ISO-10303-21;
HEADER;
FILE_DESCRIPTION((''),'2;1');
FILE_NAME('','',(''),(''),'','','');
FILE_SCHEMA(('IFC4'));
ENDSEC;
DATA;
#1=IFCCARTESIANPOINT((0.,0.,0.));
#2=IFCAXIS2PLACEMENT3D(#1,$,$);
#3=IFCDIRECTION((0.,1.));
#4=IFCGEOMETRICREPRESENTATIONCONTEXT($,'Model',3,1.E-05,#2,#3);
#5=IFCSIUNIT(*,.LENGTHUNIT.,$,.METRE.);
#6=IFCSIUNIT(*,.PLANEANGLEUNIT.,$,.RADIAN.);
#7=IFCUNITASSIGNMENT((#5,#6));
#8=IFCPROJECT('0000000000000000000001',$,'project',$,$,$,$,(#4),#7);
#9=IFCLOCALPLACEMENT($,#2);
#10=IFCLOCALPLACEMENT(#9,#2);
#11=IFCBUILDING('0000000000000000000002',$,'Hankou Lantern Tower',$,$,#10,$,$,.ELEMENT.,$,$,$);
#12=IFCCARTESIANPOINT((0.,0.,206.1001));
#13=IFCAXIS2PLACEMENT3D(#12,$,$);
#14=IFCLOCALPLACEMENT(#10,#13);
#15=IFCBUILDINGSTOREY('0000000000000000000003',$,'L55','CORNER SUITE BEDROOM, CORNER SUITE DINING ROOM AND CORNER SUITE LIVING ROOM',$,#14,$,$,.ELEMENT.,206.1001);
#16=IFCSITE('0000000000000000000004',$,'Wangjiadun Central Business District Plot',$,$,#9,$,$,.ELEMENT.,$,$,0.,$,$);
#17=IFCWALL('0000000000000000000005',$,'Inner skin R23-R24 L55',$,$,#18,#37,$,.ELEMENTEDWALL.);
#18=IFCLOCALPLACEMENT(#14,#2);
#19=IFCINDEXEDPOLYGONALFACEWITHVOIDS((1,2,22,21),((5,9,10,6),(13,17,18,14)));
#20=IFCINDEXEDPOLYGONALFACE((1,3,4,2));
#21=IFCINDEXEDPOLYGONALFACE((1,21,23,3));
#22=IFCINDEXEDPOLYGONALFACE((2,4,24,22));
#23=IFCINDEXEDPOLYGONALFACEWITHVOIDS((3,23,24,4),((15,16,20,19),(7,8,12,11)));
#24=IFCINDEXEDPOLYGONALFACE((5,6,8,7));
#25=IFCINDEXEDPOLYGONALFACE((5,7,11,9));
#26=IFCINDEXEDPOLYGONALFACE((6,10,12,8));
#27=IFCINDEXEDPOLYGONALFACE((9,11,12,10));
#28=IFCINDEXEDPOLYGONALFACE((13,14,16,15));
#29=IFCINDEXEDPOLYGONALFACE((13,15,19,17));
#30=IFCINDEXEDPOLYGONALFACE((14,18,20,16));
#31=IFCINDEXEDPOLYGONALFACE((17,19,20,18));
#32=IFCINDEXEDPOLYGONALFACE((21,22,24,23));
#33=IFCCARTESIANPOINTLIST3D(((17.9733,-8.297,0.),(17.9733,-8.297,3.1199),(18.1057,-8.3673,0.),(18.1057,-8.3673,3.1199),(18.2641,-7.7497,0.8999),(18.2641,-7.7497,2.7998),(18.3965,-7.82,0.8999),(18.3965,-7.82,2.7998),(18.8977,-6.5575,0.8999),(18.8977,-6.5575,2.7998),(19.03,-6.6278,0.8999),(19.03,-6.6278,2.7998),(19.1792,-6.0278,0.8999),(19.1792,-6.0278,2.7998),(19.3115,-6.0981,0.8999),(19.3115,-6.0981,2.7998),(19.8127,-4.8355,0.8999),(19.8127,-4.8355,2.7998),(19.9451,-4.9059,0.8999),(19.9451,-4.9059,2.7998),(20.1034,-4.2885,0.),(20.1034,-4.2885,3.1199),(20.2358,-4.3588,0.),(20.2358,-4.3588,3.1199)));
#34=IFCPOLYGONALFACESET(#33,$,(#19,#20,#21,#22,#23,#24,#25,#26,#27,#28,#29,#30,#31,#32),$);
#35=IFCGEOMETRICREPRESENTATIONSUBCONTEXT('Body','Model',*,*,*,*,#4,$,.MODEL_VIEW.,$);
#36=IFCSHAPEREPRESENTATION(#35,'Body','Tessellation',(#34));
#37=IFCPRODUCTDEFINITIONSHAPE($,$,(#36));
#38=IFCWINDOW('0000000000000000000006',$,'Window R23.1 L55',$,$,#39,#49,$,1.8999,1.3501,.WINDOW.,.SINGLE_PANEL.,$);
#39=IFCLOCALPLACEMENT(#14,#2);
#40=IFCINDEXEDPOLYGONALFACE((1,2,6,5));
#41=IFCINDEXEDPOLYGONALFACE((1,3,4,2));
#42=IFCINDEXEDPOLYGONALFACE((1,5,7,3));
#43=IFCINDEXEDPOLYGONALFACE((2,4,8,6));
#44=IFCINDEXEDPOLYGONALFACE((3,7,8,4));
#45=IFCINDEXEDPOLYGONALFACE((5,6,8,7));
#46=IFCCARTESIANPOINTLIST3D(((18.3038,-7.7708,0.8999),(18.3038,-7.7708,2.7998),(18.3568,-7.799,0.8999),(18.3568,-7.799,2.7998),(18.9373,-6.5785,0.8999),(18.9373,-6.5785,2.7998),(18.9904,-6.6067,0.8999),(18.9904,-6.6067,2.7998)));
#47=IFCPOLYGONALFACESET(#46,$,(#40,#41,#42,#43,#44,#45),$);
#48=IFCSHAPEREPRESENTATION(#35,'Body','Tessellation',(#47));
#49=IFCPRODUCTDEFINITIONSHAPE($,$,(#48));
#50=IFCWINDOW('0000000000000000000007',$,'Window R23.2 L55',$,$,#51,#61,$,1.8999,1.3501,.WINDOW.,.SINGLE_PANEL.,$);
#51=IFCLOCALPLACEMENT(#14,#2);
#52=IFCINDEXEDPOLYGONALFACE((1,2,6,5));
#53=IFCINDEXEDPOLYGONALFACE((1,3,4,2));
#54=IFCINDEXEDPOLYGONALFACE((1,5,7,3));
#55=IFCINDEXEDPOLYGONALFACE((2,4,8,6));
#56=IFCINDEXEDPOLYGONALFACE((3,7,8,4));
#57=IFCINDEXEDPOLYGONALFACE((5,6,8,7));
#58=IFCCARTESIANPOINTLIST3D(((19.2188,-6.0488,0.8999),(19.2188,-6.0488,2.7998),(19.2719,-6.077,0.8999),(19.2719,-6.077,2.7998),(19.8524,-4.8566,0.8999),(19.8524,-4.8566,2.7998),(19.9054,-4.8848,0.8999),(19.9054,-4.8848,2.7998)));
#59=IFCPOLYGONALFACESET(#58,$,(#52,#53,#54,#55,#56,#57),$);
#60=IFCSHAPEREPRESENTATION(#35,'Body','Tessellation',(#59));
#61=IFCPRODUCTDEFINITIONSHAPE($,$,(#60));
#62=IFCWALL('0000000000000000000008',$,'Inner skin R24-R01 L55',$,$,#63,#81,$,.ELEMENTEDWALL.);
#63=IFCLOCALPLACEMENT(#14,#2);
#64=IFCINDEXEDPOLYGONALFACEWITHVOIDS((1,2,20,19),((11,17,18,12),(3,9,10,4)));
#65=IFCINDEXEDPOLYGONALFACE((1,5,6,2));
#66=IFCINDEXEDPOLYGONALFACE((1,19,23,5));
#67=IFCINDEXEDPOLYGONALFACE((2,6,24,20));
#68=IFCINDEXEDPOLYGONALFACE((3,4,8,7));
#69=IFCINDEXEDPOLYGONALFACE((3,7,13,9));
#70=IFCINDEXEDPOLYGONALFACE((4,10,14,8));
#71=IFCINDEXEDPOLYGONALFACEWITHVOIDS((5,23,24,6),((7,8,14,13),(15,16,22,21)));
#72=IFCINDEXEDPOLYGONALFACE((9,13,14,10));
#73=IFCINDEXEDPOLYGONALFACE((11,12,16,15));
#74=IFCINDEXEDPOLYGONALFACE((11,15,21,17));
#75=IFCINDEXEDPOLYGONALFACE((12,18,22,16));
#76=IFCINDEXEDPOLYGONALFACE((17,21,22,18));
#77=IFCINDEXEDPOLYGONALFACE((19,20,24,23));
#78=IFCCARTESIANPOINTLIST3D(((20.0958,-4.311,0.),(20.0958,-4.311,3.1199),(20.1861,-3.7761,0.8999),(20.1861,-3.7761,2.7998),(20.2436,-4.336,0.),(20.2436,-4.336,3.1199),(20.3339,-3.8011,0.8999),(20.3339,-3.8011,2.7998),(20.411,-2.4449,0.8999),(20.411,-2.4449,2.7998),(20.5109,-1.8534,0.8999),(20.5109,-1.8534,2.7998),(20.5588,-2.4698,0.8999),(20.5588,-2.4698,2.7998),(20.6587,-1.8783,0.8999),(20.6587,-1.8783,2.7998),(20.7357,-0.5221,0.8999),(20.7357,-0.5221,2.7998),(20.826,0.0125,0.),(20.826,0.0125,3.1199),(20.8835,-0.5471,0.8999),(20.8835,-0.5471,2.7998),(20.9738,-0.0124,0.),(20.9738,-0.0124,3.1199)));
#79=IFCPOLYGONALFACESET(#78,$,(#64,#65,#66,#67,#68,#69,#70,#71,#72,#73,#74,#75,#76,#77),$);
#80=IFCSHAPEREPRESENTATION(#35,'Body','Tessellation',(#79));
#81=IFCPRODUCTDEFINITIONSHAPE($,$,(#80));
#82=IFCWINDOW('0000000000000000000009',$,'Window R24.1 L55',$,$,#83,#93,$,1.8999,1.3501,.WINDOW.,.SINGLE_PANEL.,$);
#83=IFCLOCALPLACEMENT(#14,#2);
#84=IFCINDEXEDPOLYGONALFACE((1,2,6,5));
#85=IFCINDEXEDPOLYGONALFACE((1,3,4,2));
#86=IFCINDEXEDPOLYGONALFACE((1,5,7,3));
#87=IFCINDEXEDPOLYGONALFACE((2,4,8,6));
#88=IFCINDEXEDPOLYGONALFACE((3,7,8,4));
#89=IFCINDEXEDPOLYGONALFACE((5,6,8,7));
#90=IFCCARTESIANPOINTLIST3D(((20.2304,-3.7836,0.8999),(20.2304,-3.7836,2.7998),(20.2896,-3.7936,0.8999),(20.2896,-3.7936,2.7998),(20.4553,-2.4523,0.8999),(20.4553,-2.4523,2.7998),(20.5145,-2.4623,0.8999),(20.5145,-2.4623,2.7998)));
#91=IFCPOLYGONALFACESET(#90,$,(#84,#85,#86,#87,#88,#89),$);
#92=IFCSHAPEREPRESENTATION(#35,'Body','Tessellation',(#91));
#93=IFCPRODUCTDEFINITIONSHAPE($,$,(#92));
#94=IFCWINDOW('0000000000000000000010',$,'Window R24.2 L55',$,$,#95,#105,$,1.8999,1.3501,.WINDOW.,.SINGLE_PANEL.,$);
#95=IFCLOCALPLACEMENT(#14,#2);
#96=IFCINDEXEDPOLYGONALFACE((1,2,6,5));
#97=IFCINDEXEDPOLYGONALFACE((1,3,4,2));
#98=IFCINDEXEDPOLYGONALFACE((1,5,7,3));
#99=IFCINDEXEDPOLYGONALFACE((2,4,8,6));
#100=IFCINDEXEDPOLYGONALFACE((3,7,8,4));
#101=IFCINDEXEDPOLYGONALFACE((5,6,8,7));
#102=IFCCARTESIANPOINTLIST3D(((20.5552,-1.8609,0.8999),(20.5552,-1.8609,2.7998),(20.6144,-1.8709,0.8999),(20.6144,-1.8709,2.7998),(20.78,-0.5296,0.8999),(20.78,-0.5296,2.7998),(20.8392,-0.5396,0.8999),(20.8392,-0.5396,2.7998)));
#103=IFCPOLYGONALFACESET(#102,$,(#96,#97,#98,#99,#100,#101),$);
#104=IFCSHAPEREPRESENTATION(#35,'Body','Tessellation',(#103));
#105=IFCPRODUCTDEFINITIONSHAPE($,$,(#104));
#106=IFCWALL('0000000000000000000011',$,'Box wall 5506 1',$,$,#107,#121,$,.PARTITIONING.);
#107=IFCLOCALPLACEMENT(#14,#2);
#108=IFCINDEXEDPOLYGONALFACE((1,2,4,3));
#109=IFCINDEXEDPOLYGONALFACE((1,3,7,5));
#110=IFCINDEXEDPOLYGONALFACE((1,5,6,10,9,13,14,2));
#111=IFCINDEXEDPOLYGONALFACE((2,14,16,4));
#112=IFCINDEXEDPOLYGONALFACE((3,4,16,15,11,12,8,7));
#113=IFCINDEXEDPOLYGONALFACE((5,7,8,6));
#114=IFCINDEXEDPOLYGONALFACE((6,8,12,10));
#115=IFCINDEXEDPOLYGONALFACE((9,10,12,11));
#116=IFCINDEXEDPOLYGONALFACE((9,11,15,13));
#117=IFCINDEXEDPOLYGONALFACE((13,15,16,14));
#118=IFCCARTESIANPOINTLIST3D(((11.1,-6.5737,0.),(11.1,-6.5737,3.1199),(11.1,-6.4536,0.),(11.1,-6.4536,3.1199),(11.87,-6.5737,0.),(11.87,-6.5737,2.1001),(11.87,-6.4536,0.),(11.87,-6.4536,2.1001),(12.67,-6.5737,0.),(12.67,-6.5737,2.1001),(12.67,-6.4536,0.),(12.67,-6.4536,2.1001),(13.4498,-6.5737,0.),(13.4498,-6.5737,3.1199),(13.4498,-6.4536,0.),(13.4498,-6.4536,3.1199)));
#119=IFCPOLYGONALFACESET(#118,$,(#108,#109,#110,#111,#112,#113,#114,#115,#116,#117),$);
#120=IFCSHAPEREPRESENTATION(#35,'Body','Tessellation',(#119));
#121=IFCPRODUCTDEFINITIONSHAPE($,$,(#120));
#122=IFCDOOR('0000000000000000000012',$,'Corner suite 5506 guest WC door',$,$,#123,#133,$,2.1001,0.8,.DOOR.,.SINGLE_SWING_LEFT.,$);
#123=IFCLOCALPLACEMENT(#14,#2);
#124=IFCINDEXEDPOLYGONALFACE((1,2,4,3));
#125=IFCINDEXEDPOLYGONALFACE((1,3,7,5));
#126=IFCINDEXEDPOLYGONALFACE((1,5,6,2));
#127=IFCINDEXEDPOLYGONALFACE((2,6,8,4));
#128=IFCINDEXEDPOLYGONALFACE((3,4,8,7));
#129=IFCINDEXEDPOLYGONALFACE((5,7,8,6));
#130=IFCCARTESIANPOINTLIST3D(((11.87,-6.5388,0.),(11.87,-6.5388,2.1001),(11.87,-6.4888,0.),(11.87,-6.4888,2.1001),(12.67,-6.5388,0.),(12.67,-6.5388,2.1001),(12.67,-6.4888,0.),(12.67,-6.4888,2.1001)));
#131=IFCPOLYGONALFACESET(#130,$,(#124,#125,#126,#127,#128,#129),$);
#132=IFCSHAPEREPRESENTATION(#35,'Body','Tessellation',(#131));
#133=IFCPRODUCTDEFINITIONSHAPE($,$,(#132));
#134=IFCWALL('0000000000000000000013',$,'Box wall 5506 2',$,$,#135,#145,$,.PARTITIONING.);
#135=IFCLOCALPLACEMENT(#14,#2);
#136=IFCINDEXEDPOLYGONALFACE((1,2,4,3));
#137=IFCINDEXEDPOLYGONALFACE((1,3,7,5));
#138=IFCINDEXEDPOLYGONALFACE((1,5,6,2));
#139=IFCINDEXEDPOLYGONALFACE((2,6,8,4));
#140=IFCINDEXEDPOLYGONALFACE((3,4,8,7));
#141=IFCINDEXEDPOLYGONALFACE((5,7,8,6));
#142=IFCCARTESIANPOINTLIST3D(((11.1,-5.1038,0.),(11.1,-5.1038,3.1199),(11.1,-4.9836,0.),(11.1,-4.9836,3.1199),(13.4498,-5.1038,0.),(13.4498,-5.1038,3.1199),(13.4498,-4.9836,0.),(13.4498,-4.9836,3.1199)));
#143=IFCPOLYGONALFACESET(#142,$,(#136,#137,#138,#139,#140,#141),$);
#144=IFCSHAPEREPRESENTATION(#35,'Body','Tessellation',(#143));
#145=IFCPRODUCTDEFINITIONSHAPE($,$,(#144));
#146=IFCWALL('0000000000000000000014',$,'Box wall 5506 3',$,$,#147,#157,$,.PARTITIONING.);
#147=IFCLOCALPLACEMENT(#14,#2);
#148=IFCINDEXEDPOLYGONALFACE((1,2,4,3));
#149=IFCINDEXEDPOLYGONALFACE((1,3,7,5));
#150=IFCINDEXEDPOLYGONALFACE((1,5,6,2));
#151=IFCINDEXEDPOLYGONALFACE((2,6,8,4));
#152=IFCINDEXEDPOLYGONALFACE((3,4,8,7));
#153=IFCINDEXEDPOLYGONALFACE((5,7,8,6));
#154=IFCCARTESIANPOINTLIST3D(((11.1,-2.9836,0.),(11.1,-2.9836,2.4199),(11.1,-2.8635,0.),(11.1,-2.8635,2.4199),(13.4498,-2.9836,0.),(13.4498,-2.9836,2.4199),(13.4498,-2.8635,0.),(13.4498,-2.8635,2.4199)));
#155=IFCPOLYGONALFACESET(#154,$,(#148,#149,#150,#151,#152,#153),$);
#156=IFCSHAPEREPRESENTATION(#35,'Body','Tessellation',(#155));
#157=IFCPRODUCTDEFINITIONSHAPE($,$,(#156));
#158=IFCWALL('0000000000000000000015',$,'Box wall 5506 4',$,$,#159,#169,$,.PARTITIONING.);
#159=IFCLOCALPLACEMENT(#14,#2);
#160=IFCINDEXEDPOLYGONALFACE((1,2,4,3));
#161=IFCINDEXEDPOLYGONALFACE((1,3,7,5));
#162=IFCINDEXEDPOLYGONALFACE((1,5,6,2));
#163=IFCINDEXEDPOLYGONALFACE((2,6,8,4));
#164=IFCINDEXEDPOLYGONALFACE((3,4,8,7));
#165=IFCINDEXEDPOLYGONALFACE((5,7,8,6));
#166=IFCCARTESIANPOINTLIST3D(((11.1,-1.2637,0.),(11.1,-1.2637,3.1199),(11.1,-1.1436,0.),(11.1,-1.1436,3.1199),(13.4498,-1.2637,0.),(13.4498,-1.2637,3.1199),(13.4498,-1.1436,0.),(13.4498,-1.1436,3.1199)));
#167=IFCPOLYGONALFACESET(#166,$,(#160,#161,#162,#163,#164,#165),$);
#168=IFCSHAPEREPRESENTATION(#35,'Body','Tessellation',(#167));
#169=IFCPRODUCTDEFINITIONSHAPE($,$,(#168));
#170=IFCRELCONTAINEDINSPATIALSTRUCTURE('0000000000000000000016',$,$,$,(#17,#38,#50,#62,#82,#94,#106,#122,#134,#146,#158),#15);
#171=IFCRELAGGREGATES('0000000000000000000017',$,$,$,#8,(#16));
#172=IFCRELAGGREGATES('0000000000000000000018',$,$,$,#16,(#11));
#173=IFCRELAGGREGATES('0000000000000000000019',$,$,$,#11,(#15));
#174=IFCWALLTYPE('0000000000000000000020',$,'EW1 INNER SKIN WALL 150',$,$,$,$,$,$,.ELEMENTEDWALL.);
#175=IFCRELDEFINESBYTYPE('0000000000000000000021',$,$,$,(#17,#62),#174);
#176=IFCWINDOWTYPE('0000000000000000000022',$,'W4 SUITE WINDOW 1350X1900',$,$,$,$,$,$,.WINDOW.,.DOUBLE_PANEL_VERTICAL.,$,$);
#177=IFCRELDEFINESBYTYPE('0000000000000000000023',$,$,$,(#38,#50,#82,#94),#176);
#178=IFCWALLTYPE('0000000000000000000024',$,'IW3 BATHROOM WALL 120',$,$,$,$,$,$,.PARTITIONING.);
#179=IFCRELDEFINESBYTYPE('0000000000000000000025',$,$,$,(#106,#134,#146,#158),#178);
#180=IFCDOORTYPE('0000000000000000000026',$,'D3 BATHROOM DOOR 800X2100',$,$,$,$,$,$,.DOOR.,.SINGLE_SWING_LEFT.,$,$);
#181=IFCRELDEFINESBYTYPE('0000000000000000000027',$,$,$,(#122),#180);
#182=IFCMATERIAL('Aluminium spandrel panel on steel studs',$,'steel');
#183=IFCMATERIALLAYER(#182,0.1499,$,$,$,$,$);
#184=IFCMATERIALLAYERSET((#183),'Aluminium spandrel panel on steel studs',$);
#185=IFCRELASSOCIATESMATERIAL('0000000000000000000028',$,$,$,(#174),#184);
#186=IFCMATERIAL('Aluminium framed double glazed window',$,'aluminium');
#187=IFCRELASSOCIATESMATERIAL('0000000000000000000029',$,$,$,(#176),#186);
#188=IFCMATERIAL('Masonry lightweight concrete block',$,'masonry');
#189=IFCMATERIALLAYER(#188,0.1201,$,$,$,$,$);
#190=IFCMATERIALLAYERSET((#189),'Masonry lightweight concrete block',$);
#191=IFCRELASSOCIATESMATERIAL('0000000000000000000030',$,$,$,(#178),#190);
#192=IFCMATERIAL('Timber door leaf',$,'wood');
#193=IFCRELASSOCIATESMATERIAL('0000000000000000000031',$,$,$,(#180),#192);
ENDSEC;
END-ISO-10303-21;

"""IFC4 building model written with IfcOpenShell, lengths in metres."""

from ifc_helpers import new_model, si_unit, direction, frame, frame_2d, origin, place, context, subcontext, project, spatial, rectangle, extrude, material, layer, layer_set, type_object, element, fill, save


model = new_model("IFC4")

# Units and contexts
model_context = context("Model", 3, precision=1e-05, world=origin(), true_north=direction((0.0, 1.0)))
body_context = subcontext(model_context, "Body", "Model", "MODEL_VIEW")
ifc_project = project(units=[si_unit("LENGTHUNIT", "METRE"), si_unit("PLANEANGLEUNIT", "RADIAN")], contexts=[model_context])

# Site, building, storey
site_placement = place(None, origin())
site = spatial("IfcSite", under=ifc_project, at=site_placement, Name="Wangjiadun Central Business District Plot", CompositionType="ELEMENT", RefElevation=0.0)
building_placement = place(site_placement, origin())
building = spatial("IfcBuilding", under=site, at=building_placement, Name="Hankou Lantern Tower", CompositionType="ELEMENT")
storey_placement = place(building_placement, frame((0.0, 0.0, 206.1001)))
storey = spatial("IfcBuildingStorey", under=building, at=storey_placement, Name="L55", Description="CORNER SUITE BEDROOM, CORNER SUITE DINING ROOM AND CORNER SUITE LIVING ROOM", CompositionType="ELEMENT", Elevation=206.1001)

# Walls, openings, windows
ifc_material_1 = material(Name="Aluminium spandrel panel on steel studs", Category="steel")
ifc_layer_1 = layer(ifc_material_1, 0.1499)
ifc_layer_set_1 = layer_set([ifc_layer_1], Name="Aluminium spandrel panel on steel studs")
wall_type_1 = type_object("IfcWallType", Name="EW1 INNER SKIN WALL 150", PredefinedType="ELEMENTEDWALL", material=ifc_layer_set_1)
wall_1_placement = place(storey_placement, frame((18.0396, -8.332, 0.0), z_axis=(0.0, 0.0, 1.0), x_axis=(0.469256, 0.883062, 0.0)))
wall_1 = element("IfcWall", 1, at=wall_1_placement, inside=storey, type_object=wall_type_1, Name="Inner skin R23-R24 L55", PredefinedType="ELEMENTEDWALL", context=body_context, shape_type="SweptSolid", body=[
    extrude(rectangle(XDim=4.5393, YDim=0.1499, at=frame_2d((2.2695, 0.0))), origin(), (0.0, 0.0, 1.0), 3.1199),
])
opening_1_placement = place(wall_1_placement, frame((0.6196, 0.0, 0.8999)))
opening_1 = element("IfcOpeningElement", 2, at=opening_1_placement, cuts=wall_1, PredefinedType="OPENING", context=body_context, shape_type="SweptSolid", body=[
    extrude(rectangle(XDim=1.3501, YDim=1.8999, at=frame_2d((0.675, 0.95))), frame((0.0, 0.085, 0.0), z_axis=(0.0, -1.0, 0.0), x_axis=(1.0, 0.0, 0.0)), (0.0, 0.0, 1.0), 0.1699),
])
opening_2_placement = place(wall_1_placement, frame((2.5696, 0.0, 0.8999)))
opening_2 = element("IfcOpeningElement", 3, at=opening_2_placement, cuts=wall_1, PredefinedType="OPENING", context=body_context, shape_type="SweptSolid", body=[
    extrude(rectangle(XDim=1.3501, YDim=1.8999, at=frame_2d((0.675, 0.95))), frame((0.0, 0.085, 0.0), z_axis=(0.0, -1.0, 0.0), x_axis=(1.0, 0.0, 0.0)), (0.0, 0.0, 1.0), 0.1699),
])
ifc_material_2 = material(Name="Aluminium framed double glazed window", Category="aluminium")
window_type = type_object("IfcWindowType", Name="W4 SUITE WINDOW 1350X1900", PartitioningType="DOUBLE_PANEL_VERTICAL", PredefinedType="WINDOW", material=ifc_material_2)
window_1_placement = place(opening_1_placement, origin())
window_1 = element("IfcWindow", 4, at=window_1_placement, inside=storey, type_object=window_type, Name="Window R23.1 L55", OverallHeight=1.8999, OverallWidth=1.3501, PartitioningType="SINGLE_PANEL", PredefinedType="WINDOW", context=body_context, shape_type="SweptSolid", body=[
    extrude(rectangle(XDim=1.3501, YDim=1.8999, at=frame_2d((0.675, 0.95))), frame((0.0, 0.03, 0.0), z_axis=(0.0, -1.0, 0.0), x_axis=(1.0, 0.0, 0.0)), (0.0, 0.0, 1.0), 0.0601),
])
fill(opening_1, window_1)
window_2_placement = place(opening_2_placement, origin())
window_2 = element("IfcWindow", 5, at=window_2_placement, inside=storey, type_object=window_type, Name="Window R23.2 L55", OverallHeight=1.8999, OverallWidth=1.3501, PartitioningType="SINGLE_PANEL", PredefinedType="WINDOW", context=body_context, shape_type="SweptSolid", body=[
    extrude(rectangle(XDim=1.3501, YDim=1.8999, at=frame_2d((0.675, 0.95))), frame((0.0, 0.03, 0.0), z_axis=(0.0, -1.0, 0.0), x_axis=(1.0, 0.0, 0.0)), (0.0, 0.0, 1.0), 0.0601),
])
fill(opening_2, window_2)
wall_2_placement = place(storey_placement, frame((20.1697, -4.3235, 0.0), z_axis=(0.0, 0.0, 1.0), x_axis=(0.166539, 0.986035, 0.0)))
wall_2 = element("IfcWall", 6, at=wall_2_placement, inside=storey, type_object=wall_type_1, Name="Inner skin R24-R01 L55", PredefinedType="ELEMENTEDWALL", context=body_context, shape_type="SweptSolid", body=[
    extrude(rectangle(XDim=4.3848, YDim=0.1499, at=frame_2d((2.1924, 0.0))), origin(), (0.0, 0.0, 1.0), 3.1199),
])
opening_3_placement = place(wall_2_placement, frame((0.5425, 0.0, 0.8999)))
opening_3 = element("IfcOpeningElement", 7, at=opening_3_placement, cuts=wall_2, PredefinedType="OPENING", context=body_context, shape_type="SweptSolid", body=[
    extrude(rectangle(XDim=1.3501, YDim=1.8999, at=frame_2d((0.675, 0.95))), frame((0.0, 0.085, 0.0), z_axis=(0.0, -1.0, 0.0), x_axis=(1.0, 0.0, 0.0)), (0.0, 0.0, 1.0), 0.1699),
])
opening_4_placement = place(wall_2_placement, frame((2.4924, 0.0, 0.8999)))
opening_4 = element("IfcOpeningElement", 8, at=opening_4_placement, cuts=wall_2, PredefinedType="OPENING", context=body_context, shape_type="SweptSolid", body=[
    extrude(rectangle(XDim=1.3501, YDim=1.8999, at=frame_2d((0.675, 0.95))), frame((0.0, 0.085, 0.0), z_axis=(0.0, -1.0, 0.0), x_axis=(1.0, 0.0, 0.0)), (0.0, 0.0, 1.0), 0.1699),
])
window_3_placement = place(opening_3_placement, origin())
window_3 = element("IfcWindow", 9, at=window_3_placement, inside=storey, type_object=window_type, Name="Window R24.1 L55", OverallHeight=1.8999, OverallWidth=1.3501, PartitioningType="SINGLE_PANEL", PredefinedType="WINDOW", context=body_context, shape_type="SweptSolid", body=[
    extrude(rectangle(XDim=1.3501, YDim=1.8999, at=frame_2d((0.675, 0.95))), frame((0.0, 0.03, 0.0), z_axis=(0.0, -1.0, 0.0), x_axis=(1.0, 0.0, 0.0)), (0.0, 0.0, 1.0), 0.0601),
])
fill(opening_3, window_3)
window_4_placement = place(opening_4_placement, origin())
window_4 = element("IfcWindow", 10, at=window_4_placement, inside=storey, type_object=window_type, Name="Window R24.2 L55", OverallHeight=1.8999, OverallWidth=1.3501, PartitioningType="SINGLE_PANEL", PredefinedType="WINDOW", context=body_context, shape_type="SweptSolid", body=[
    extrude(rectangle(XDim=1.3501, YDim=1.8999, at=frame_2d((0.675, 0.95))), frame((0.0, 0.03, 0.0), z_axis=(0.0, -1.0, 0.0), x_axis=(1.0, 0.0, 0.0)), (0.0, 0.0, 1.0), 0.0601),
])
fill(opening_4, window_4)

# Wall, opening, door
ifc_material_3 = material(Name="Masonry lightweight concrete block", Category="masonry")
ifc_layer_2 = layer(ifc_material_3, 0.1201)
ifc_layer_set_2 = layer_set([ifc_layer_2], Name="Masonry lightweight concrete block")
wall_type_2 = type_object("IfcWallType", Name="IW3 BATHROOM WALL 120", PredefinedType="PARTITIONING", material=ifc_layer_set_2)
wall_3_placement = place(storey_placement, frame((11.1001, -6.5137, 0.0), z_axis=(0.0, 0.0, 1.0), x_axis=(1.0, 0.0, 0.0)))
wall_3 = element("IfcWall", 11, at=wall_3_placement, inside=storey, type_object=wall_type_2, Name="Box wall 5506 1", PredefinedType="PARTITIONING", context=body_context, shape_type="SweptSolid", body=[
    extrude(rectangle(XDim=2.3499, YDim=0.1201, at=frame_2d((1.1748, 0.0))), origin(), (0.0, 0.0, 1.0), 3.1199),
])
opening_5_placement = place(wall_3_placement, frame((0.77, 0.0, 0.0)))
opening_5 = element("IfcOpeningElement", 12, at=opening_5_placement, cuts=wall_3, PredefinedType="OPENING", context=body_context, shape_type="SweptSolid", body=[
    extrude(rectangle(XDim=0.8, YDim=2.1001, at=frame_2d((0.3999, 1.05))), frame((0.0, 0.0701, 0.0), z_axis=(0.0, -1.0, 0.0), x_axis=(1.0, 0.0, 0.0)), (0.0, 0.0, 1.0), 0.1401),
])
ifc_material_4 = material(Name="Timber door leaf", Category="wood")
door_type_1 = type_object("IfcDoorType", Name="D3 BATHROOM DOOR 800X2100", OperationType="SINGLE_SWING_LEFT", PredefinedType="DOOR", material=ifc_material_4)
door_1_placement = place(opening_5_placement, origin())
door_1 = element("IfcDoor", 13, at=door_1_placement, inside=storey, type_object=door_type_1, Name="Corner suite 5506 guest WC door", OperationType="SINGLE_SWING_LEFT", OverallHeight=2.1001, OverallWidth=0.8, PredefinedType="DOOR", context=body_context, shape_type="SweptSolid", body=[
    extrude(rectangle(XDim=0.8, YDim=2.1001, at=frame_2d((0.3999, 1.05))), frame((0.0, 0.0249, 0.0), z_axis=(0.0, -1.0, 0.0), x_axis=(1.0, 0.0, 0.0)), (0.0, 0.0, 1.0), 0.05),
])
fill(opening_5, door_1)

# Walls
wall_4_placement = place(storey_placement, frame((11.1001, -5.0437, 0.0), z_axis=(0.0, 0.0, 1.0), x_axis=(1.0, 0.0, 0.0)))
element("IfcWall", 14, at=wall_4_placement, inside=storey, type_object=wall_type_2, Name="Box wall 5506 2", PredefinedType="PARTITIONING", context=body_context, shape_type="SweptSolid", body=[
    extrude(rectangle(XDim=2.3499, YDim=0.1201, at=frame_2d((1.1748, 0.0))), origin(), (0.0, 0.0, 1.0), 3.1199),
])
wall_5_placement = place(storey_placement, frame((11.1001, -2.9236, 0.0), z_axis=(0.0, 0.0, 1.0), x_axis=(1.0, 0.0, 0.0)))
element("IfcWall", 15, at=wall_5_placement, inside=storey, type_object=wall_type_2, Name="Box wall 5506 3", PredefinedType="PARTITIONING", context=body_context, shape_type="SweptSolid", body=[
    extrude(rectangle(XDim=2.3499, YDim=0.1201, at=frame_2d((1.1748, 0.0))), origin(), (0.0, 0.0, 1.0), 2.4199),
])
wall_6_placement = place(storey_placement, frame((11.1001, -1.2036, 0.0), z_axis=(0.0, 0.0, 1.0), x_axis=(1.0, 0.0, 0.0)))
element("IfcWall", 16, at=wall_6_placement, inside=storey, type_object=wall_type_2, Name="Box wall 5506 4", PredefinedType="PARTITIONING", context=body_context, shape_type="SweptSolid", body=[
    extrude(rectangle(XDim=2.3499, YDim=0.1201, at=frame_2d((1.1748, 0.0))), origin(), (0.0, 0.0, 1.0), 3.1199),
])

save(model, "model.ifc")
